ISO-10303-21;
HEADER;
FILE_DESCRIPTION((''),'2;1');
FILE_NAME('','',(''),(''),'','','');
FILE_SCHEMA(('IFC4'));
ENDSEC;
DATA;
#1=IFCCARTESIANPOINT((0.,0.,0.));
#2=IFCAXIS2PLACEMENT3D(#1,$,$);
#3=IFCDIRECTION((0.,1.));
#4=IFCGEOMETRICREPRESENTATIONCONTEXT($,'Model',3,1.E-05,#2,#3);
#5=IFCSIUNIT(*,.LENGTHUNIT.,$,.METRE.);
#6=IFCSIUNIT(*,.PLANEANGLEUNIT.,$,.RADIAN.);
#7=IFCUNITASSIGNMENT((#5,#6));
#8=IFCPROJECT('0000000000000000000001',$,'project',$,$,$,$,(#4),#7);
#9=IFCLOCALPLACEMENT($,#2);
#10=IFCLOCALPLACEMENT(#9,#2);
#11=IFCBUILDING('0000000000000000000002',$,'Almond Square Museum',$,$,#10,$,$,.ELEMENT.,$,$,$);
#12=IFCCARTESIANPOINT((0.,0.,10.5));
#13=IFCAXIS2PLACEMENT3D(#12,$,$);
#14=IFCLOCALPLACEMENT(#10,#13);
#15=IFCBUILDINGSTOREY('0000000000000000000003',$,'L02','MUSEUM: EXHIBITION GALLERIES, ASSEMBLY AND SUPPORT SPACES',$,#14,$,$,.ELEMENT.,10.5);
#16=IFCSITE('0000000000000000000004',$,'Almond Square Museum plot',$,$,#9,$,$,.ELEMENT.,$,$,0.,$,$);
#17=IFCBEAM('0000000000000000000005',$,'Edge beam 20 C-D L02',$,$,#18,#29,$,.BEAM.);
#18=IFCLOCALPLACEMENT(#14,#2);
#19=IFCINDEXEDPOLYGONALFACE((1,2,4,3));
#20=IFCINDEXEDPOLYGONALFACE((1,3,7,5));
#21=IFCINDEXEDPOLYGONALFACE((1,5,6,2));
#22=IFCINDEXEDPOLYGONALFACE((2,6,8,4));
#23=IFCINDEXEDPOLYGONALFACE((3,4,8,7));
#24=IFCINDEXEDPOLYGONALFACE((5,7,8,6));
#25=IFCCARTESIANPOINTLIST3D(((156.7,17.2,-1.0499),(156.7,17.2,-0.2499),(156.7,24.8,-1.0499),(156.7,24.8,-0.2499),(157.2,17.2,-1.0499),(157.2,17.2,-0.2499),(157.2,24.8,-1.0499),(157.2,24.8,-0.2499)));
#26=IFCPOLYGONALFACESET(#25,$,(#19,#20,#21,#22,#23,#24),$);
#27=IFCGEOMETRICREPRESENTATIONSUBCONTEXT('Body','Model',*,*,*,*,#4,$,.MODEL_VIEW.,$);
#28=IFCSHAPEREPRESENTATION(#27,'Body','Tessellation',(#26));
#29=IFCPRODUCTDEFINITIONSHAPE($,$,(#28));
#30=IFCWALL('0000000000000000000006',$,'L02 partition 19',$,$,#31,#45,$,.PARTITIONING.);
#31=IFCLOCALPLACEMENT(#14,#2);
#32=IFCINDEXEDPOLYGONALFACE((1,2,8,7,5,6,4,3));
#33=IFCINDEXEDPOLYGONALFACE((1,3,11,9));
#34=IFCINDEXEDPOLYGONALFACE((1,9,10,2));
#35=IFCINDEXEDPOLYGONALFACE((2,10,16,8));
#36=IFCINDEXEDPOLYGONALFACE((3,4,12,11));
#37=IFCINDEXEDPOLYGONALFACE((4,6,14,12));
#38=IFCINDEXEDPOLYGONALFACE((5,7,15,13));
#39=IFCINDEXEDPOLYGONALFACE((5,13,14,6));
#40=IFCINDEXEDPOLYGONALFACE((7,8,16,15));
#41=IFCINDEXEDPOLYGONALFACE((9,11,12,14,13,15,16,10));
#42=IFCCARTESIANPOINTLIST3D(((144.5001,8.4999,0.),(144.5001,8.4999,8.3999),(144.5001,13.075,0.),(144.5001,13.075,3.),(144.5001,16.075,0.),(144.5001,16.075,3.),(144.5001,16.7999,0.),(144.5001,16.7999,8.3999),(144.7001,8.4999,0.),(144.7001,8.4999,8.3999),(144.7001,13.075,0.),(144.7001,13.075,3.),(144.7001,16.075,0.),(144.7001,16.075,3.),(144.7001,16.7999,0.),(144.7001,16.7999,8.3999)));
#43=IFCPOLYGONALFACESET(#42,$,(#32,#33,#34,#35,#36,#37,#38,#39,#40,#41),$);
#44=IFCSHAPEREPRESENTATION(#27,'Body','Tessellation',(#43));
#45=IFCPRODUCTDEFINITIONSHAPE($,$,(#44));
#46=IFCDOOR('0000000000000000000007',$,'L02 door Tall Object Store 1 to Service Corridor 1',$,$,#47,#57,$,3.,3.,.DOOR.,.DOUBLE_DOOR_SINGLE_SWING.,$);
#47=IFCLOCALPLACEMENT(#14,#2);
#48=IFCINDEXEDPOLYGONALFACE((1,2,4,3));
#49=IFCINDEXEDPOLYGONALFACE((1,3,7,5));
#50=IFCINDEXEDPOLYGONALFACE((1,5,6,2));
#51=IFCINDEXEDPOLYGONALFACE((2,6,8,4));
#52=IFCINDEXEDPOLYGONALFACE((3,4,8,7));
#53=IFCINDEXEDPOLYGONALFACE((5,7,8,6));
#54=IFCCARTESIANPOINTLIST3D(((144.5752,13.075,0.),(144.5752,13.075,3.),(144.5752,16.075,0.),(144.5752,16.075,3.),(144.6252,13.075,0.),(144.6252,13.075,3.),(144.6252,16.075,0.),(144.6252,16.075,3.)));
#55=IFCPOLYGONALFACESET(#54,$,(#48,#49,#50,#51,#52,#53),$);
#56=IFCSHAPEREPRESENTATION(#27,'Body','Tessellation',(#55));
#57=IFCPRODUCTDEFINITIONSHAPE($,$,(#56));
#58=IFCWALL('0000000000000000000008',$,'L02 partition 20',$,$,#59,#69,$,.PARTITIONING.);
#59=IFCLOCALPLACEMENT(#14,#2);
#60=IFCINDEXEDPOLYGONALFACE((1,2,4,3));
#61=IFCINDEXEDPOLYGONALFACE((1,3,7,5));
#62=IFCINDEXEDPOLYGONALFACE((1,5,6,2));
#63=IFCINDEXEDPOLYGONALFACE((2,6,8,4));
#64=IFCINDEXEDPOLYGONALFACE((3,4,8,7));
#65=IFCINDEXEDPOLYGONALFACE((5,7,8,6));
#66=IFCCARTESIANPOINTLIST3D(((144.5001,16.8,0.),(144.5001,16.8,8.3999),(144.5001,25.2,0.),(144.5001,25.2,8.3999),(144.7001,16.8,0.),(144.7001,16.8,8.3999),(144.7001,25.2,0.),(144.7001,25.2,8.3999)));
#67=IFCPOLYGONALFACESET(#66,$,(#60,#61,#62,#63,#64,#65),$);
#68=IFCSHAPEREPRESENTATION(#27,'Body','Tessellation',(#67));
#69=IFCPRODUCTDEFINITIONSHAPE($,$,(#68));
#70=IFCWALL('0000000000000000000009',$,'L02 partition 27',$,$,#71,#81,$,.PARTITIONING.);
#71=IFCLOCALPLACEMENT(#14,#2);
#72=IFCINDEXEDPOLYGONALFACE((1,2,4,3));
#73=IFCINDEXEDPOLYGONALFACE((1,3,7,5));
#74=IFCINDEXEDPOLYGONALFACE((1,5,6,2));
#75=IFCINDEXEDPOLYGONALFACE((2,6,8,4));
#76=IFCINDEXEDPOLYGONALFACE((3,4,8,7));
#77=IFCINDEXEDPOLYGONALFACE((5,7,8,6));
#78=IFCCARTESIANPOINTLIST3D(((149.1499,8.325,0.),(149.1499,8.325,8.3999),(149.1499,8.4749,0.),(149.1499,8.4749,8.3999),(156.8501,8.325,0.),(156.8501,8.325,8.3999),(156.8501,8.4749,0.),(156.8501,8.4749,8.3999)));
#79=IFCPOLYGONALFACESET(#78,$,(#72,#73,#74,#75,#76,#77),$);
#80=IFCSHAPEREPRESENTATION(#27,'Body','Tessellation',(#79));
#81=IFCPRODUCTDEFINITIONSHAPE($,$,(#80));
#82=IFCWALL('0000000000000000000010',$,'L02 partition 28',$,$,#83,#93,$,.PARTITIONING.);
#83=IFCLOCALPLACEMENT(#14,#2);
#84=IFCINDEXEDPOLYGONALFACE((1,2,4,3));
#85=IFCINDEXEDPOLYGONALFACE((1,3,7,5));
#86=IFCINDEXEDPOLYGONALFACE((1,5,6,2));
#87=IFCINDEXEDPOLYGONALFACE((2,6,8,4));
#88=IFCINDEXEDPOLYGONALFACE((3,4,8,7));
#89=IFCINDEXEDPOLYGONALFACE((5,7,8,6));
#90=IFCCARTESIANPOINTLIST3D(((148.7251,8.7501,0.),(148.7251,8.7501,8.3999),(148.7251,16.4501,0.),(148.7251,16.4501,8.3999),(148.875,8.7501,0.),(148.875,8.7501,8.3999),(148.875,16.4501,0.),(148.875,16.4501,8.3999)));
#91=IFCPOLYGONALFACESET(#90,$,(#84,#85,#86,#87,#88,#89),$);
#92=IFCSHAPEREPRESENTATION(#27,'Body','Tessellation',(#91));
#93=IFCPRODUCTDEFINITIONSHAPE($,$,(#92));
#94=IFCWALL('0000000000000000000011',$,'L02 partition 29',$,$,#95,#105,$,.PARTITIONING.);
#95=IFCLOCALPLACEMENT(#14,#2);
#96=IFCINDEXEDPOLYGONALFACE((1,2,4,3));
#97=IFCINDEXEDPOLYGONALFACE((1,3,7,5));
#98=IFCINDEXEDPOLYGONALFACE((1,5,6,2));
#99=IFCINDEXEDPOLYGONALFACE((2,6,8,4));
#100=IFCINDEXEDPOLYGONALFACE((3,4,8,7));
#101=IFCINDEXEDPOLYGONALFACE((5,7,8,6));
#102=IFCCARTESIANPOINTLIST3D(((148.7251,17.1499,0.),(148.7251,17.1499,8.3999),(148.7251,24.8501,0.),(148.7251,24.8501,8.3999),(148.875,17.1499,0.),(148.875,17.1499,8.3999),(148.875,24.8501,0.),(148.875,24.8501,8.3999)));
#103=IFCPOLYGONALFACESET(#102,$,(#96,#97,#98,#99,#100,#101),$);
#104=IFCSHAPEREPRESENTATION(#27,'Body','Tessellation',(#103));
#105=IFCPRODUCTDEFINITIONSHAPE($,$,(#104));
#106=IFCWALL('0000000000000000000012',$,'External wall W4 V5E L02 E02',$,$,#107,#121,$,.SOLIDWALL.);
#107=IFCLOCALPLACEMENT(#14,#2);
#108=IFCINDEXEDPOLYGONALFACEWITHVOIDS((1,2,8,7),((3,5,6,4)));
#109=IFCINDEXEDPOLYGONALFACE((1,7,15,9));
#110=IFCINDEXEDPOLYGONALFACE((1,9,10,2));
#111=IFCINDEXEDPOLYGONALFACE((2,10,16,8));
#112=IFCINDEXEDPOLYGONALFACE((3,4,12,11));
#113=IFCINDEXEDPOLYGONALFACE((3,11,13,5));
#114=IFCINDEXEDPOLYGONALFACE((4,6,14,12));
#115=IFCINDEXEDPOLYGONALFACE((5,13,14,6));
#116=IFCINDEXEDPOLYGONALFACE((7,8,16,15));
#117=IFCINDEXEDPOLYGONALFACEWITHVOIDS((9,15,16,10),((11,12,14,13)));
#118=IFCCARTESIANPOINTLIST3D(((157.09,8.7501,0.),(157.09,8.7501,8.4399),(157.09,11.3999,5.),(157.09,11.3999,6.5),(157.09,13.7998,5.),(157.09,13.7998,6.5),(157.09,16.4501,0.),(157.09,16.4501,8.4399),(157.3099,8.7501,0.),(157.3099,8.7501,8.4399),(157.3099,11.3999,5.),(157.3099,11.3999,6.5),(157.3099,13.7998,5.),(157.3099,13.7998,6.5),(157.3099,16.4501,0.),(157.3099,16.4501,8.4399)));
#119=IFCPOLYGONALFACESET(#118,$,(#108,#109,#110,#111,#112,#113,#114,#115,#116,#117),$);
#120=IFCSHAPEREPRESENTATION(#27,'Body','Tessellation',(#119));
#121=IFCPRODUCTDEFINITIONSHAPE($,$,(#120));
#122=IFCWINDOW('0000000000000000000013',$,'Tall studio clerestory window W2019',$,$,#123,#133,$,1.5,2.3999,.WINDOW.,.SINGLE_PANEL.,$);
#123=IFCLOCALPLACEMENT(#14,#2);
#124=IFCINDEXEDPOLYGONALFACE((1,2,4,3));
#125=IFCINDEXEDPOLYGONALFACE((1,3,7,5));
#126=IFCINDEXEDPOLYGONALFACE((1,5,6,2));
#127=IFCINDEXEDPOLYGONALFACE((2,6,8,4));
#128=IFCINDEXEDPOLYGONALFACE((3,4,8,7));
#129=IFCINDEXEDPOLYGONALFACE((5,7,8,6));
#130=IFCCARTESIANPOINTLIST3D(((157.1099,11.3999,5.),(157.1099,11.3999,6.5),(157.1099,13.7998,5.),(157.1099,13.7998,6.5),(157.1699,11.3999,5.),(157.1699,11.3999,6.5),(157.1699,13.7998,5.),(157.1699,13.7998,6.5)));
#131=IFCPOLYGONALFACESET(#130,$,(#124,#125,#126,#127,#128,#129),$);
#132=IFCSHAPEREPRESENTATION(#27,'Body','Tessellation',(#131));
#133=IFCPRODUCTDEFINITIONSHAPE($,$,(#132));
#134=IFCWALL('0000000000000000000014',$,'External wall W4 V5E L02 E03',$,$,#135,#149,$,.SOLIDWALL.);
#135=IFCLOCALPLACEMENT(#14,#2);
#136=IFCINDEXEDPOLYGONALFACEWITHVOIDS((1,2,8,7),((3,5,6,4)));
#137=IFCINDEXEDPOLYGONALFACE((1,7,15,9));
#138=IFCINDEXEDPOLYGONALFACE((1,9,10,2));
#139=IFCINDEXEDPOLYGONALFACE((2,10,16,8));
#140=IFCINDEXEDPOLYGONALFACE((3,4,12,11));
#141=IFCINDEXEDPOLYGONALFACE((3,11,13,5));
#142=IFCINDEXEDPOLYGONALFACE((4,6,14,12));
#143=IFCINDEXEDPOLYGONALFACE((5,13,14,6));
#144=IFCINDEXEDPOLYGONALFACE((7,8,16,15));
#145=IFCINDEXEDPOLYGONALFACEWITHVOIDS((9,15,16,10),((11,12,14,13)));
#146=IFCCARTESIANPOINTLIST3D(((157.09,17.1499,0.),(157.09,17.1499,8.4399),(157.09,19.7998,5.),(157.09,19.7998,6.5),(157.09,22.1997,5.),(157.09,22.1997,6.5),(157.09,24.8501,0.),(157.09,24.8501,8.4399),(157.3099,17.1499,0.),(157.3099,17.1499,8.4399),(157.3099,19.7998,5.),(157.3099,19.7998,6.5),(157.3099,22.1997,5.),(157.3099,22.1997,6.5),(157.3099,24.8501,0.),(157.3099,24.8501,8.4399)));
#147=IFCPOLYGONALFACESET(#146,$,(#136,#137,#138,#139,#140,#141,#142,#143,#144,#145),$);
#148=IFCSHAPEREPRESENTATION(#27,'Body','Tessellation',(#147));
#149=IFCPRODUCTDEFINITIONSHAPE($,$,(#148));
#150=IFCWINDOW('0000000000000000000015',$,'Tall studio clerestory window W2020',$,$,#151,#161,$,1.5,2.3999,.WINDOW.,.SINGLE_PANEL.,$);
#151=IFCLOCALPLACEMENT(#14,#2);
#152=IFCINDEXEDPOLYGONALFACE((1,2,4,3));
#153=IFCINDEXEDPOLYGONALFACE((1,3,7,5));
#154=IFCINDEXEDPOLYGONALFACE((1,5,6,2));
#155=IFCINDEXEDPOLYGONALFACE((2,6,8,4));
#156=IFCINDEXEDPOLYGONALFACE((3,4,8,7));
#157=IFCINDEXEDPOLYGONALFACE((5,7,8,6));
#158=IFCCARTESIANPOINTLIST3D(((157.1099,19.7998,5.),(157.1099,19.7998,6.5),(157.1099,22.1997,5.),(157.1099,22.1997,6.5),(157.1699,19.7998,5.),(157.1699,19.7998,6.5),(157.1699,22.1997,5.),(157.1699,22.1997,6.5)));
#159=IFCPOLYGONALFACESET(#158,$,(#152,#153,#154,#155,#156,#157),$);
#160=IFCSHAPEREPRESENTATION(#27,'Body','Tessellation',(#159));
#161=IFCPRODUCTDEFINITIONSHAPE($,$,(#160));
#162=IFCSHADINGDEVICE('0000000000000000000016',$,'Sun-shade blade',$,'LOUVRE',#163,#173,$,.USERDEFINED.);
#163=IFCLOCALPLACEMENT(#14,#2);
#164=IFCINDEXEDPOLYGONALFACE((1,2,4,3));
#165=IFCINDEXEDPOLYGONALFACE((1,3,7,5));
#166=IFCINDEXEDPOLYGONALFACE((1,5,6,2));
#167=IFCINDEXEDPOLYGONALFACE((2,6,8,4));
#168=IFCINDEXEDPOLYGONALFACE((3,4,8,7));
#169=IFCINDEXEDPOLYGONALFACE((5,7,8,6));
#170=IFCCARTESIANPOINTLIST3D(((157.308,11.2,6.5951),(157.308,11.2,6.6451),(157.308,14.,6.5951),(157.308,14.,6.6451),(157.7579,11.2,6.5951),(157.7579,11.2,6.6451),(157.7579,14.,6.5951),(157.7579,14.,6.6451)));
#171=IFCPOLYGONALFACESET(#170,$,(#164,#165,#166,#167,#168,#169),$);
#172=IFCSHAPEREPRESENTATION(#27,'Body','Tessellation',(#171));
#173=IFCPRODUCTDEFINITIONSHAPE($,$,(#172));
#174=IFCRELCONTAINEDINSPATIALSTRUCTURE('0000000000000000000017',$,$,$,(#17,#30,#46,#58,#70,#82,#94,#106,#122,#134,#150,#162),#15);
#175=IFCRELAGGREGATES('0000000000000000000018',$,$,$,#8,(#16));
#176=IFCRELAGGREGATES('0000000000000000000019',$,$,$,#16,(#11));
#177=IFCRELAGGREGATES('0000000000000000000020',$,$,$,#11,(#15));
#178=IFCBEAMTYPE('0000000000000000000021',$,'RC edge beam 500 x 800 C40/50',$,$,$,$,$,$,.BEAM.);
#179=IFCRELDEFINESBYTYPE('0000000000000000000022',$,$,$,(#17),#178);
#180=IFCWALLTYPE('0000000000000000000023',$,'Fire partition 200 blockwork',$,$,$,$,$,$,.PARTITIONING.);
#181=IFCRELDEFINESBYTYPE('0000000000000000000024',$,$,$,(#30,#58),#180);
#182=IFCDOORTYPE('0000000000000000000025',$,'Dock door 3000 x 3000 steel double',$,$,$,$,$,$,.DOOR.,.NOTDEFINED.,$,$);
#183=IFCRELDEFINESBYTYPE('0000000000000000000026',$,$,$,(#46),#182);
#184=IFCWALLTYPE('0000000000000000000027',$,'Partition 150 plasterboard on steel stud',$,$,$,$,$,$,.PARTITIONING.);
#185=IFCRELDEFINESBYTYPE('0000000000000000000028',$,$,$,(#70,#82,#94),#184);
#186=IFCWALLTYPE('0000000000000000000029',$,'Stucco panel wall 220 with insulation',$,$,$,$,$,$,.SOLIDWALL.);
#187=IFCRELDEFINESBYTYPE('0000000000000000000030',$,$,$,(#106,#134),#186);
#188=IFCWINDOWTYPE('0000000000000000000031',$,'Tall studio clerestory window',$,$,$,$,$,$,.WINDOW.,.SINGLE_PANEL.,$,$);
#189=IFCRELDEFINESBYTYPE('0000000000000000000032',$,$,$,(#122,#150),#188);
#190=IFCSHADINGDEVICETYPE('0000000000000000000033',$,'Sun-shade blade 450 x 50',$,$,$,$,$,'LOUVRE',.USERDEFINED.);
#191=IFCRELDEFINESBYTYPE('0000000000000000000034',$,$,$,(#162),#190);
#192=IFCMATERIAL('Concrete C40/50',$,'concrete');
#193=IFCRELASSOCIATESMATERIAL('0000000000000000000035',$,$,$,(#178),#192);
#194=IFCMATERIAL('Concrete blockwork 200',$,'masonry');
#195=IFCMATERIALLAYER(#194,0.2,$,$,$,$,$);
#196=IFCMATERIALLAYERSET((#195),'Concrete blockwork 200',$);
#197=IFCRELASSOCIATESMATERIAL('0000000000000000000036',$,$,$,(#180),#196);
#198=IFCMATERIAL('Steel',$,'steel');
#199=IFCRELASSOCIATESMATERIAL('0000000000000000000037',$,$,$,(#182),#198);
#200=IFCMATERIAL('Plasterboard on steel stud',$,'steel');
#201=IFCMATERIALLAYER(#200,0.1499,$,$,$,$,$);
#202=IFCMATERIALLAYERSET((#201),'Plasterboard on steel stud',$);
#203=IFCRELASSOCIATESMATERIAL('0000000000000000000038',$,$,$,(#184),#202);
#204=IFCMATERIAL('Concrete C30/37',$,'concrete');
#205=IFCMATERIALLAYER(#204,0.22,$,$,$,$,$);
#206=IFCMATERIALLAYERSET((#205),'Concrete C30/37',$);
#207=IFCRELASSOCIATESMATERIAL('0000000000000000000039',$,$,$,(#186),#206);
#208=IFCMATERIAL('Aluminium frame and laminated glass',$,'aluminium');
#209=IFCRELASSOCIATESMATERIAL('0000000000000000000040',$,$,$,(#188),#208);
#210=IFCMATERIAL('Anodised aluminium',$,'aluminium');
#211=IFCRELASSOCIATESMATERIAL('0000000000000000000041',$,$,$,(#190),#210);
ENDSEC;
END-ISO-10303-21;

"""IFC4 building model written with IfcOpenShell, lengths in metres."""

from ifc_helpers import new_model, si_unit, direction, frame, frame_2d, origin, origin_2d, place, context, subcontext, project, spatial, rectangle, extrude, material, layer, layer_set, material_profile, profile_set, type_object, element, fill, save


model = new_model("IFC4")

# Units and contexts
model_context = context("Model", 3, precision=1e-05, world=origin(), true_north=direction((0.0, 1.0)))
body_context = subcontext(model_context, "Body", "Model", "MODEL_VIEW")
ifc_project = project(units=[si_unit("LENGTHUNIT", "METRE"), si_unit("PLANEANGLEUNIT", "RADIAN")], contexts=[model_context])

# Site, building, storey
site_placement = place(None, origin())
site = spatial("IfcSite", under=ifc_project, at=site_placement, Name="Almond Square Museum plot", CompositionType="ELEMENT", RefElevation=0.0)
building_placement = place(site_placement, origin())
building = spatial("IfcBuilding", under=site, at=building_placement, Name="Almond Square Museum", CompositionType="ELEMENT")
storey_placement = place(building_placement, frame((0.0, 0.0, 10.5)))
storey = spatial("IfcBuildingStorey", under=building, at=storey_placement, Name="L02", Description="MUSEUM: EXHIBITION GALLERIES, ASSEMBLY AND SUPPORT SPACES", CompositionType="ELEMENT", Elevation=10.5)

# Beam
ifc_material_1 = material(Name="Concrete C40/50", Category="concrete")
ifc_material_profile_1 = material_profile(ifc_material_1, rectangle(XDim=0.5, YDim=0.8, at=origin_2d()))
ifc_profile_set_1 = profile_set([ifc_material_profile_1], Name="Concrete C40/50")
beam_type_1 = type_object("IfcBeamType", Name="RC edge beam 500 x 800 C40/50", PredefinedType="BEAM", material=ifc_profile_set_1)
beam_1_placement = place(storey_placement, frame((156.95, 17.2, -0.6499), z_axis=(0.0, 1.0, 0.0), x_axis=(-1.0, 0.0, 0.0)))
element("IfcBeam", 1, at=beam_1_placement, inside=storey, type_object=beam_type_1, Name="Edge beam 20 C-D L02", PredefinedType="BEAM", context=body_context, shape_type="SweptSolid", body=[
    extrude(rectangle(XDim=0.5, YDim=0.8, at=origin_2d()), origin(), (0.0, 0.0, 1.0), 7.6001),
])

# Wall, opening, door
ifc_material_2 = material(Name="Concrete blockwork 200", Category="masonry")
ifc_layer_1 = layer(ifc_material_2, 0.2)
ifc_layer_set_1 = layer_set([ifc_layer_1], Name="Concrete blockwork 200")
wall_type_1 = type_object("IfcWallType", Name="Fire partition 200 blockwork", PredefinedType="PARTITIONING", material=ifc_layer_set_1)
wall_1_placement = place(storey_placement, frame((144.6001, 8.5, 0.0), z_axis=(0.0, 0.0, 1.0), x_axis=(0.0, 1.0, 0.0)))
wall_1 = element("IfcWall", 2, at=wall_1_placement, inside=storey, type_object=wall_type_1, Name="L02 partition 19", PredefinedType="PARTITIONING", context=body_context, shape_type="SweptSolid", body=[
    extrude(rectangle(XDim=8.3, YDim=0.2, at=frame_2d((4.1499, 0.0))), origin(), (0.0, 0.0, 1.0), 8.3999),
])
opening_1_placement = place(wall_1_placement, frame((4.575, 0.0, 0.0)))
opening_1 = element("IfcOpeningElement", 3, at=opening_1_placement, cuts=wall_1, PredefinedType="OPENING", context=body_context, shape_type="SweptSolid", body=[
    extrude(rectangle(XDim=3.0, YDim=3.0, at=frame_2d((1.5, 1.5))), frame((0.0, 0.1099, 0.0), z_axis=(0.0, -1.0, 0.0), x_axis=(1.0, 0.0, 0.0)), (0.0, 0.0, 1.0), 0.22),
])
ifc_material_3 = material(Name="Steel", Category="steel")
door_type = type_object("IfcDoorType", Name="Dock door 3000 x 3000 steel double", OperationType="NOTDEFINED", PredefinedType="DOOR", material=ifc_material_3)
door_placement = place(opening_1_placement, origin())
door = element("IfcDoor", 4, at=door_placement, inside=storey, type_object=door_type, Name="L02 door Tall Object Store 1 to Service Corridor 1", OperationType="DOUBLE_DOOR_SINGLE_SWING", OverallHeight=3.0, OverallWidth=3.0, PredefinedType="DOOR", context=body_context, shape_type="SweptSolid", body=[
    extrude(rectangle(XDim=3.0, YDim=3.0, at=frame_2d((1.5, 1.5))), frame((0.0, 0.0249, 0.0), z_axis=(0.0, -1.0, 0.0), x_axis=(1.0, 0.0, 0.0)), (0.0, 0.0, 1.0), 0.05),
])
fill(opening_1, door)

# Walls
wall_2_placement = place(storey_placement, frame((144.6001, 16.8, 0.0), z_axis=(0.0, 0.0, 1.0), x_axis=(0.0, 1.0, 0.0)))
element("IfcWall", 5, at=wall_2_placement, inside=storey, type_object=wall_type_1, Name="L02 partition 20", PredefinedType="PARTITIONING", context=body_context, shape_type="SweptSolid", body=[
    extrude(rectangle(XDim=8.3999, YDim=0.2, at=frame_2d((4.2, 0.0))), origin(), (0.0, 0.0, 1.0), 8.3999),
])
ifc_material_4 = material(Name="Plasterboard on steel stud", Category="steel")
ifc_layer_2 = layer(ifc_material_4, 0.1499)
ifc_layer_set_2 = layer_set([ifc_layer_2], Name="Plasterboard on steel stud")
wall_type_2 = type_object("IfcWallType", Name="Partition 150 plasterboard on steel stud", PredefinedType="PARTITIONING", material=ifc_layer_set_2)
wall_3_placement = place(storey_placement, frame((149.1499, 8.3999, 0.0), z_axis=(0.0, 0.0, 1.0), x_axis=(1.0, 0.0, 0.0)))
element("IfcWall", 6, at=wall_3_placement, inside=storey, type_object=wall_type_2, Name="L02 partition 27", PredefinedType="PARTITIONING", context=body_context, shape_type="SweptSolid", body=[
    extrude(rectangle(XDim=7.7002, YDim=0.1499, at=frame_2d((3.8501, 0.0))), origin(), (0.0, 0.0, 1.0), 8.3999),
])
wall_4_placement = place(storey_placement, frame((148.8, 8.75, 0.0), z_axis=(0.0, 0.0, 1.0), x_axis=(0.0, 1.0, 0.0)))
element("IfcWall", 7, at=wall_4_placement, inside=storey, type_object=wall_type_2, Name="L02 partition 28", PredefinedType="PARTITIONING", context=body_context, shape_type="SweptSolid", body=[
    extrude(rectangle(XDim=7.7, YDim=0.1499, at=frame_2d((3.8501, 0.0))), origin(), (0.0, 0.0, 1.0), 8.3999),
])
wall_5_placement = place(storey_placement, frame((148.8, 17.1499, 0.0), z_axis=(0.0, 0.0, 1.0), x_axis=(0.0, 1.0, 0.0)))
element("IfcWall", 8, at=wall_5_placement, inside=storey, type_object=wall_type_2, Name="L02 partition 29", PredefinedType="PARTITIONING", context=body_context, shape_type="SweptSolid", body=[
    extrude(rectangle(XDim=7.7002, YDim=0.1499, at=frame_2d((3.8501, 0.0))), origin(), (0.0, 0.0, 1.0), 8.3999),
])

# Walls, openings, windows
ifc_material_5 = material(Name="Concrete C30/37", Category="concrete")
ifc_layer_3 = layer(ifc_material_5, 0.22)
ifc_layer_set_3 = layer_set([ifc_layer_3], Name="Concrete C30/37")
wall_type_3 = type_object("IfcWallType", Name="Stucco panel wall 220 with insulation", PredefinedType="SOLIDWALL", material=ifc_layer_set_3)
wall_6_placement = place(storey_placement, frame((157.2, 8.75, 0.0), z_axis=(0.0, 0.0, 1.0), x_axis=(0.0, 1.0, 0.0)))
wall_6 = element("IfcWall", 9, at=wall_6_placement, inside=storey, type_object=wall_type_3, Name="External wall W4 V5E L02 E02", PredefinedType="SOLIDWALL", context=body_context, shape_type="SweptSolid", body=[
    extrude(rectangle(XDim=7.7, YDim=0.22, at=frame_2d((3.8501, 0.0))), origin(), (0.0, 0.0, 1.0), 8.4399),
])
opening_2_placement = place(wall_6_placement, frame((2.6499, 0.0, 5.0)))
opening_2 = element("IfcOpeningElement", 10, at=opening_2_placement, cuts=wall_6, PredefinedType="OPENING", context=body_context, shape_type="SweptSolid", body=[
    extrude(rectangle(XDim=2.3999, YDim=1.5, at=frame_2d((1.2, 0.75))), frame((0.0, 0.1199, 0.0), z_axis=(0.0, -1.0, 0.0), x_axis=(1.0, 0.0, 0.0)), (0.0, 0.0, 1.0), 0.24),
])
ifc_material_6 = material(Name="Aluminium frame and laminated glass", Category="aluminium")
window_type = type_object("IfcWindowType", Name="Tall studio clerestory window", PartitioningType="SINGLE_PANEL", PredefinedType="WINDOW", material=ifc_material_6)
window_1_placement = place(opening_2_placement, origin())
window_1 = element("IfcWindow", 11, at=window_1_placement, inside=storey, type_object=window_type, Name="Tall studio clerestory window W2019", OverallHeight=1.5, OverallWidth=2.3999, PartitioningType="SINGLE_PANEL", PredefinedType="WINDOW", context=body_context, shape_type="SweptSolid", body=[
    extrude(rectangle(XDim=2.3999, YDim=1.5, at=frame_2d((1.2, 0.75))), frame((0.0, 0.0901, 0.0), z_axis=(0.0, -1.0, 0.0), x_axis=(1.0, 0.0, 0.0)), (0.0, 0.0, 1.0), 0.0601),
])
fill(opening_2, window_1)
wall_7_placement = place(storey_placement, frame((157.2, 17.1499, 0.0), z_axis=(0.0, 0.0, 1.0), x_axis=(0.0, 1.0, 0.0)))
wall_7 = element("IfcWall", 12, at=wall_7_placement, inside=storey, type_object=wall_type_3, Name="External wall W4 V5E L02 E03", PredefinedType="SOLIDWALL", context=body_context, shape_type="SweptSolid", body=[
    extrude(rectangle(XDim=7.7002, YDim=0.22, at=frame_2d((3.8501, 0.0))), origin(), (0.0, 0.0, 1.0), 8.4399),
])
opening_3_placement = place(wall_7_placement, frame((2.6499, 0.0, 5.0)))
opening_3 = element("IfcOpeningElement", 13, at=opening_3_placement, cuts=wall_7, PredefinedType="OPENING", context=body_context, shape_type="SweptSolid", body=[
    extrude(rectangle(XDim=2.3999, YDim=1.5, at=frame_2d((1.2, 0.75))), frame((0.0, 0.1199, 0.0), z_axis=(0.0, -1.0, 0.0), x_axis=(1.0, 0.0, 0.0)), (0.0, 0.0, 1.0), 0.24),
])
window_2_placement = place(opening_3_placement, origin())
window_2 = element("IfcWindow", 14, at=window_2_placement, inside=storey, type_object=window_type, Name="Tall studio clerestory window W2020", OverallHeight=1.5, OverallWidth=2.3999, PartitioningType="SINGLE_PANEL", PredefinedType="WINDOW", context=body_context, shape_type="SweptSolid", body=[
    extrude(rectangle(XDim=2.3999, YDim=1.5, at=frame_2d((1.2, 0.75))), frame((0.0, 0.0901, 0.0), z_axis=(0.0, -1.0, 0.0), x_axis=(1.0, 0.0, 0.0)), (0.0, 0.0, 1.0), 0.0601),
])
fill(opening_3, window_2)

# Shading device
ifc_material_7 = material(Name="Anodised aluminium", Category="aluminium")
ifc_material_profile_2 = material_profile(ifc_material_7, rectangle(XDim=0.45, YDim=0.05, at=origin_2d()))
ifc_profile_set_2 = profile_set([ifc_material_profile_2], Name="Anodised aluminium")
shading_device_type_1 = type_object("IfcShadingDeviceType", Name="Sun-shade blade 450 x 50", ElementType="LOUVRE", PredefinedType="USERDEFINED", material=ifc_profile_set_2)
shading_device_1_placement = place(storey_placement, frame((157.533, 11.2, 6.6201), z_axis=(0.0, 1.0, 0.0), x_axis=(-1.0, 0.0, 0.0)))
element("IfcShadingDevice", 15, at=shading_device_1_placement, inside=storey, type_object=shading_device_type_1, Name="Sun-shade blade", ObjectType="LOUVRE", PredefinedType="USERDEFINED", context=body_context, shape_type="SweptSolid", body=[
    extrude(rectangle(XDim=0.45, YDim=0.05, at=origin_2d()), origin(), (0.0, 0.0, 1.0), 2.8),
])

save(model, "model.ifc")
